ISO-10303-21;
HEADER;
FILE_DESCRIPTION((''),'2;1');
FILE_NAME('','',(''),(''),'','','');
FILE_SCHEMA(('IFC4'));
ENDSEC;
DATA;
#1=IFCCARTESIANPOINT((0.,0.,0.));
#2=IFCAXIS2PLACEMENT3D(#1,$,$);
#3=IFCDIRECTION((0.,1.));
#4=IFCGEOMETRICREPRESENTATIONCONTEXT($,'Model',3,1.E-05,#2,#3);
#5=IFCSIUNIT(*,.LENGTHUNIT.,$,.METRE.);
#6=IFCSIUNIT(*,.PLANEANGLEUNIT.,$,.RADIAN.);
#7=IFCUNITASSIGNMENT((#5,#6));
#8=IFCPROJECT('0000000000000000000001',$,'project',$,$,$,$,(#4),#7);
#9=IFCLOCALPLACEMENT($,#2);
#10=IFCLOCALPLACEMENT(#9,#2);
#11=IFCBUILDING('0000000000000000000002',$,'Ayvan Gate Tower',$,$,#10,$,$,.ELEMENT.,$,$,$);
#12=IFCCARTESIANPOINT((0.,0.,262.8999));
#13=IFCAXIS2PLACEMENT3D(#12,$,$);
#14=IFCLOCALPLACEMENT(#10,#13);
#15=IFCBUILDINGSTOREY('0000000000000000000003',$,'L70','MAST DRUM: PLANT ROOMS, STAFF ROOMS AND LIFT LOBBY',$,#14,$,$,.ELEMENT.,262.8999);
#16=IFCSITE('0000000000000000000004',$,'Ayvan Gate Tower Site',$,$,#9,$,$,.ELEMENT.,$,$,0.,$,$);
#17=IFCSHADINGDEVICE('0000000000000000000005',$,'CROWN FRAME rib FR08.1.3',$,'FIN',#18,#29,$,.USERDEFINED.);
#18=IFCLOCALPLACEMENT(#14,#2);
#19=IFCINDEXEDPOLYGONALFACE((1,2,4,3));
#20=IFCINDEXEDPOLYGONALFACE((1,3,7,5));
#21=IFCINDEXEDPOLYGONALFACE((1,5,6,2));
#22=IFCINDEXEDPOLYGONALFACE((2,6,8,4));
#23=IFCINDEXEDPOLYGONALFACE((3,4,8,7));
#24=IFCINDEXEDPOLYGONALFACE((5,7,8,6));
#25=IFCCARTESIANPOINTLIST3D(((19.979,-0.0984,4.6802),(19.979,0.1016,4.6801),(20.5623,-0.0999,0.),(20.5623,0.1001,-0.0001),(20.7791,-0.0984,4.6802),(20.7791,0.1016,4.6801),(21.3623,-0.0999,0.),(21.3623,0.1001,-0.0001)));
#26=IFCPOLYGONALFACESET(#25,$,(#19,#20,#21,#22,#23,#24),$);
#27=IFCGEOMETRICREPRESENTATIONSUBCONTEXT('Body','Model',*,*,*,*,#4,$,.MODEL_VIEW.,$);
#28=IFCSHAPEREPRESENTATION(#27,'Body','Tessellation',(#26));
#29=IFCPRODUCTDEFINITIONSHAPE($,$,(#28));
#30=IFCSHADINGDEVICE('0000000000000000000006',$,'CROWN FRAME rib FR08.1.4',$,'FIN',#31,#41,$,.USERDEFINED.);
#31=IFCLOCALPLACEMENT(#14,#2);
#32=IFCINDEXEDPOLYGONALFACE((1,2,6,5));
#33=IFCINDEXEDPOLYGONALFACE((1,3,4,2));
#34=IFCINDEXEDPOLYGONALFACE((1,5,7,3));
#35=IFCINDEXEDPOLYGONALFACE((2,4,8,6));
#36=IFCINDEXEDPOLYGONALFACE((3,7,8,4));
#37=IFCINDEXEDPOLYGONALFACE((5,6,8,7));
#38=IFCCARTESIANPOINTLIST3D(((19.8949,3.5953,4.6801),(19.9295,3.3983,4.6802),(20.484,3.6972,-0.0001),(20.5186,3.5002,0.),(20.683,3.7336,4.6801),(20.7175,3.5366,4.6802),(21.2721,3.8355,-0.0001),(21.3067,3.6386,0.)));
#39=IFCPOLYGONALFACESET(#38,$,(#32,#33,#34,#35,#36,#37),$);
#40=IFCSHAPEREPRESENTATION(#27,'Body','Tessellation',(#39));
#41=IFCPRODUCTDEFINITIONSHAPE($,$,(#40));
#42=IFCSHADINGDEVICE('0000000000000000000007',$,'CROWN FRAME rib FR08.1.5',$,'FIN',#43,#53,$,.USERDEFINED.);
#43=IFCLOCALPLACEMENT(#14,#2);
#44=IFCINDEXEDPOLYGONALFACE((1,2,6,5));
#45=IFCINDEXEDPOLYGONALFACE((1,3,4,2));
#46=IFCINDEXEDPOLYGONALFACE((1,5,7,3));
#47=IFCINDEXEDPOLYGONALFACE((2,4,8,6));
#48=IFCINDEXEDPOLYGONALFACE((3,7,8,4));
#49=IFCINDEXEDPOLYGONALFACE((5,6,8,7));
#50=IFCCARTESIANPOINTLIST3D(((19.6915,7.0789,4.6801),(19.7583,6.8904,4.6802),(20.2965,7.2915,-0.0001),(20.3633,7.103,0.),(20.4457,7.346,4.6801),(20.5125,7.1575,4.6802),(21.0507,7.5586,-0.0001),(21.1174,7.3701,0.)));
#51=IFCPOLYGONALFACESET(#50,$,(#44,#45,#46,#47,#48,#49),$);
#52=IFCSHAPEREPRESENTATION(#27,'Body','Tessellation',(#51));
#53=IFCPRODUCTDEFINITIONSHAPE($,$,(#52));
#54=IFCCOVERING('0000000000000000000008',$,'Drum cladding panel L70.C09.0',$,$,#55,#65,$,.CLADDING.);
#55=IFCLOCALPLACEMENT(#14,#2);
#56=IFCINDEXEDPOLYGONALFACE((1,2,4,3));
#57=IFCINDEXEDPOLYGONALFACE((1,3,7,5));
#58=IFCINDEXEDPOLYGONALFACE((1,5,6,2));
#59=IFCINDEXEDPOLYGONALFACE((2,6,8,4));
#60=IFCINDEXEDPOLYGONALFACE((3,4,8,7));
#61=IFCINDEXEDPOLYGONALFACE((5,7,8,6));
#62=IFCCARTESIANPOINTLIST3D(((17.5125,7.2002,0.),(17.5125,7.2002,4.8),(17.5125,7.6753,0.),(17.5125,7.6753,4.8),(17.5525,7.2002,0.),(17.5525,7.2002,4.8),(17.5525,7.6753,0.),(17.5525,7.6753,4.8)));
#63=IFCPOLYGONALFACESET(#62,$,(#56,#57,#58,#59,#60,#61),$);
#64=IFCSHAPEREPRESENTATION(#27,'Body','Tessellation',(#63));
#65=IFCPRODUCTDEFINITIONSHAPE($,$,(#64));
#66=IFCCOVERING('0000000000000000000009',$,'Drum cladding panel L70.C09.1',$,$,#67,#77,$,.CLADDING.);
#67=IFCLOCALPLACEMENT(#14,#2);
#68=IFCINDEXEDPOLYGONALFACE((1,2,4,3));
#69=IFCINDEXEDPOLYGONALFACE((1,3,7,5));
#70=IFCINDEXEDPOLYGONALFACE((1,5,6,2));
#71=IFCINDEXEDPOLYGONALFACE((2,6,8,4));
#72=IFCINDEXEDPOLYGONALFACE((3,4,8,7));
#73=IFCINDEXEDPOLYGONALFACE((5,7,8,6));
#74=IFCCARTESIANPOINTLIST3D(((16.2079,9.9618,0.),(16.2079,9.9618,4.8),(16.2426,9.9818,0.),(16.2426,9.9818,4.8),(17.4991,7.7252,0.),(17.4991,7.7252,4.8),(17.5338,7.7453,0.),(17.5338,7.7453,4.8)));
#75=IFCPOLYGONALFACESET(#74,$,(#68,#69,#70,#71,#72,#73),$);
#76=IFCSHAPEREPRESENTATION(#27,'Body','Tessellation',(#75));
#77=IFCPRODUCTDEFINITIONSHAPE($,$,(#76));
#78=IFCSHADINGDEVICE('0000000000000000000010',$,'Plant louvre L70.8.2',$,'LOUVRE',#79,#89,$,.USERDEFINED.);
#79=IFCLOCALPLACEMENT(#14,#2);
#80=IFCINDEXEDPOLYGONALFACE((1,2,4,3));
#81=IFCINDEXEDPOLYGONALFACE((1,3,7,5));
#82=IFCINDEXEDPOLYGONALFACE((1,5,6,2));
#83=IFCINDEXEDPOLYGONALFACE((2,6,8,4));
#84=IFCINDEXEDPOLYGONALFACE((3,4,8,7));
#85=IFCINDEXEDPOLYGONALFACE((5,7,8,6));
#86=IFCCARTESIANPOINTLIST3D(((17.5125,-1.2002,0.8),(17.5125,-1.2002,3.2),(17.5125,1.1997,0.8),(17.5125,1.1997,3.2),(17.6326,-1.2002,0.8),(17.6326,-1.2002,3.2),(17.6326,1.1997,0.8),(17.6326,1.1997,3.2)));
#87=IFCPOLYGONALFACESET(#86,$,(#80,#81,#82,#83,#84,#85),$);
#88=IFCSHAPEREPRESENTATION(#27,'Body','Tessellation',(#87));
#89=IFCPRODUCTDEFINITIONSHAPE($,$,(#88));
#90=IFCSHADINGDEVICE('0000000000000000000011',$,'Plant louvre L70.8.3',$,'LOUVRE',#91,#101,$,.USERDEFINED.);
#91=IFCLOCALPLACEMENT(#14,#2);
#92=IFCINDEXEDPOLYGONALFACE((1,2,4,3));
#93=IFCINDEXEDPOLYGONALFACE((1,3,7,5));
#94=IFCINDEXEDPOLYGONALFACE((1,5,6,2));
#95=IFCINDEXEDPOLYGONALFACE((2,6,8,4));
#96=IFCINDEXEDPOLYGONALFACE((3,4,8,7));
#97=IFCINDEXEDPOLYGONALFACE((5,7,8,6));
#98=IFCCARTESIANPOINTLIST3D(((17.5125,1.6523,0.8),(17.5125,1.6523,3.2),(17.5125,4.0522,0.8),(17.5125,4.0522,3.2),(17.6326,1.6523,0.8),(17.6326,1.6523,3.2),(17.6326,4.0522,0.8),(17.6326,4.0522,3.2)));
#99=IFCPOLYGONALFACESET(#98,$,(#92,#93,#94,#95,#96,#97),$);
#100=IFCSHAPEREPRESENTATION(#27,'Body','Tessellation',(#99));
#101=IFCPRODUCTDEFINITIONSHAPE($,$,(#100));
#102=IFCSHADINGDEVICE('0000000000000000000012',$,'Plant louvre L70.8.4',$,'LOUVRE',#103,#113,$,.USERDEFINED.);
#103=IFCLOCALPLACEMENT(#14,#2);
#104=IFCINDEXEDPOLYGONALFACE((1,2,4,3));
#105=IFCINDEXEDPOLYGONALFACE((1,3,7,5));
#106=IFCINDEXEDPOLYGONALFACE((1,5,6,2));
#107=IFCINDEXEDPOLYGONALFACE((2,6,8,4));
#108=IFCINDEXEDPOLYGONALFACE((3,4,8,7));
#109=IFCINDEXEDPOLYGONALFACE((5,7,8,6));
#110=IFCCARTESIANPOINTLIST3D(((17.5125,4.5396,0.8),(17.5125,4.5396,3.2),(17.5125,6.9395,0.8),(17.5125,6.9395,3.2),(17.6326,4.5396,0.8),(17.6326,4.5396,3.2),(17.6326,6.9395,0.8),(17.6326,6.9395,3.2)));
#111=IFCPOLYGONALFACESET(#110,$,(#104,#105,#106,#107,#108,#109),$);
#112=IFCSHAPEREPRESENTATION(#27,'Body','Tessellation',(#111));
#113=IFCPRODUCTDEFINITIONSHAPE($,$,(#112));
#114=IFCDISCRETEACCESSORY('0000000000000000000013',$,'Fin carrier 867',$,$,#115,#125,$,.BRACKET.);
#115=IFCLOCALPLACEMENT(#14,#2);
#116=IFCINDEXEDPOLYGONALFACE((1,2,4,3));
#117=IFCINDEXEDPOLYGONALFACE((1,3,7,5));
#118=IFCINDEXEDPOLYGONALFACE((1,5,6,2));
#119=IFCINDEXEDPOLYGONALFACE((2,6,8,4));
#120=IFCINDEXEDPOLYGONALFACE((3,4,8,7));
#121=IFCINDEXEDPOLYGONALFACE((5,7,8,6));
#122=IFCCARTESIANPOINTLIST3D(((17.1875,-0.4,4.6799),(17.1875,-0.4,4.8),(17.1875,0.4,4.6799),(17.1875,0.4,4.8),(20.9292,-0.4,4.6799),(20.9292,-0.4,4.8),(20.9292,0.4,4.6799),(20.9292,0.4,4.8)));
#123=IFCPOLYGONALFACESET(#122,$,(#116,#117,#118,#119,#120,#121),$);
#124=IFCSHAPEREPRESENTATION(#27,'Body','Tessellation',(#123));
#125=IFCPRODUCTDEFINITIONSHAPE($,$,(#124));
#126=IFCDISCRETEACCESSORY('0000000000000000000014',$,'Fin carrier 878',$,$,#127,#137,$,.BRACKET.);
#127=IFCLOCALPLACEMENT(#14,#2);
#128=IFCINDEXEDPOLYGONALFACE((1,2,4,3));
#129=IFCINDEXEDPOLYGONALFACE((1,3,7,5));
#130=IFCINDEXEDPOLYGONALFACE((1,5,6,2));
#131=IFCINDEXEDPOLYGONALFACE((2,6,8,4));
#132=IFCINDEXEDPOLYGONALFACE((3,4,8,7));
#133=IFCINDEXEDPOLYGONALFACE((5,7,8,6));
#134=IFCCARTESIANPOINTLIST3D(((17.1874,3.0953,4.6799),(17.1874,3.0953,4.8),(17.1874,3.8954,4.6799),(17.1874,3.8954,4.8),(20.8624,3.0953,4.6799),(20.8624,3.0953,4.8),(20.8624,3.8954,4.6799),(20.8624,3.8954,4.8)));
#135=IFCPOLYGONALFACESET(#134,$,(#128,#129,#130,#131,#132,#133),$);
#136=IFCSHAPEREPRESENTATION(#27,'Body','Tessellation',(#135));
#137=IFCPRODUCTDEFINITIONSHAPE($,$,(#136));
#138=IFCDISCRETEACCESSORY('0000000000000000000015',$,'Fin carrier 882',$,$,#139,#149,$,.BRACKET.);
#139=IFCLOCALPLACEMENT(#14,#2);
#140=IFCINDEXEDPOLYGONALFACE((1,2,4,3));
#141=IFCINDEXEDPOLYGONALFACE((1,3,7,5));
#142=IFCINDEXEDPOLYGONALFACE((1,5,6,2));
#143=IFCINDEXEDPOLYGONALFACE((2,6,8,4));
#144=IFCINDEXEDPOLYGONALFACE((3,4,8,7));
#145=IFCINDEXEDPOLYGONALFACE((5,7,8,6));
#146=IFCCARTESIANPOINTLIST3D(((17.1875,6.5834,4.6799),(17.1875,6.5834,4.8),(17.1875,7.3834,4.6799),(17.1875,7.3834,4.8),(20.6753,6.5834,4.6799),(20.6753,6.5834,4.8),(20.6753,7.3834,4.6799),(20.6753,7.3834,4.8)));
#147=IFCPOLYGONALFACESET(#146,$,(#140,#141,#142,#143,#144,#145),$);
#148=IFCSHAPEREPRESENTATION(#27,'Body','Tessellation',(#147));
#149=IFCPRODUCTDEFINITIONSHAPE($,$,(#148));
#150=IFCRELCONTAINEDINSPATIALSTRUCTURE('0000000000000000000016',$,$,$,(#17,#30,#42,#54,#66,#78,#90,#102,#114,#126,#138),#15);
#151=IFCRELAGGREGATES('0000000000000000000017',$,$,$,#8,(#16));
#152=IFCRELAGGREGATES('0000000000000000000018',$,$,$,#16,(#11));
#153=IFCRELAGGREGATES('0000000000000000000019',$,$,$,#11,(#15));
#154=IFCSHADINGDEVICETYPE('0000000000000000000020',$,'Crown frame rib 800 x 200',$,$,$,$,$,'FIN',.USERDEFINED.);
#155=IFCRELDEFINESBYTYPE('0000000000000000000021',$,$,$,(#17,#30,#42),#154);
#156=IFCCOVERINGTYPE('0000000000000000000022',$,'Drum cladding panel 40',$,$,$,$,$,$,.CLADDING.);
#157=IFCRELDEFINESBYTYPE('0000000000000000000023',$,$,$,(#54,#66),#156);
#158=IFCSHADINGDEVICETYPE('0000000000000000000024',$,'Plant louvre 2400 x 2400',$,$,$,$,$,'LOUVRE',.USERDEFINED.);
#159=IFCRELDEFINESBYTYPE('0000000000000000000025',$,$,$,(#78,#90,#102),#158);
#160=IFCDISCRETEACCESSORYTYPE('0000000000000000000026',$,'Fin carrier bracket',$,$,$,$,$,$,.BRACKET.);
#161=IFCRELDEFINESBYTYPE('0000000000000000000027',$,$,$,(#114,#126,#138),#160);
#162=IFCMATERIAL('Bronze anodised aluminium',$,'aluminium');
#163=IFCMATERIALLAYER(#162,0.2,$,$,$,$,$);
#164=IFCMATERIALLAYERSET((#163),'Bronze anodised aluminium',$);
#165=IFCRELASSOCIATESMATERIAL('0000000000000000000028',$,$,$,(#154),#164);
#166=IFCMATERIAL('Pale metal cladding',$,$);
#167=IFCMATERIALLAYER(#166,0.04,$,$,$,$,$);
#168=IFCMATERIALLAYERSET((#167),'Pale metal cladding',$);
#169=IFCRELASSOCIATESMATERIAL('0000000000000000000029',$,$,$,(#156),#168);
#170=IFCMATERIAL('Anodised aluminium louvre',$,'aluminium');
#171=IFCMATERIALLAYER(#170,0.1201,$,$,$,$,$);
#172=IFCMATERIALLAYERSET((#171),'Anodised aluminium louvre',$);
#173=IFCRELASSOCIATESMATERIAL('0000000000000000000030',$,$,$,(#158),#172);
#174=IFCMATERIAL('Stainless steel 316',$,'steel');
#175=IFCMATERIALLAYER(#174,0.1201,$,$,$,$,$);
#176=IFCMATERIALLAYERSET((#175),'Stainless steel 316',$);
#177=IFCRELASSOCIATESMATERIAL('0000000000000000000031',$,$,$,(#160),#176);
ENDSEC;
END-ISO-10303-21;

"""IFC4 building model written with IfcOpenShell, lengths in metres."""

from ifc_helpers import new_model, si_unit, direction, frame, origin, origin_2d, place, context, subcontext, project, spatial, polyline, rectangle, outline, extrude, material, layer, layer_set, type_object, element, save


model = new_model("IFC4")

# Units and contexts
model_context = context("Model", 3, precision=1e-05, world=origin(), true_north=direction((0.0, 1.0)))
body_context = subcontext(model_context, "Body", "Model", "MODEL_VIEW")
ifc_project = project(units=[si_unit("LENGTHUNIT", "METRE"), si_unit("PLANEANGLEUNIT", "RADIAN")], contexts=[model_context])

# Site, building, storey
site_placement = place(None, origin())
site = spatial("IfcSite", under=ifc_project, at=site_placement, Name="Ayvan Gate Tower Site", CompositionType="ELEMENT", RefElevation=0.0)
building_placement = place(site_placement, origin())
building = spatial("IfcBuilding", under=site, at=building_placement, Name="Ayvan Gate Tower", CompositionType="ELEMENT")
storey_placement = place(building_placement, frame((0.0, 0.0, 262.8999)))
storey = spatial("IfcBuildingStorey", under=building, at=storey_placement, Name="L70", Description="MAST DRUM: PLANT ROOMS, STAFF ROOMS AND LIFT LOBBY", CompositionType="ELEMENT", Elevation=262.8999)

# Shared definitions
ifc_material_1 = material(Name="Anodised aluminium louvre", Category="aluminium")

# Shading devices
ifc_material_2 = material(Name="Bronze anodised aluminium", Category="aluminium")
ifc_layer_1 = layer(ifc_material_2, 0.2)
ifc_layer_set_1 = layer_set([ifc_layer_1], Name="Bronze anodised aluminium")
shading_device_type_1 = type_object("IfcShadingDeviceType", Name="Crown frame rib 800 x 200", ElementType="FIN", PredefinedType="USERDEFINED", material=ifc_layer_set_1)
shading_device_1_placement = place(storey_placement, frame((20.5623, -0.0999, 0.0), z_axis=(0.0, -1.0, 0.000313), x_axis=(1.0, 0.0, 0.0)))
element("IfcShadingDevice", 1, at=shading_device_1_placement, inside=storey, type_object=shading_device_type_1, Name="CROWN FRAME rib FR08.1.3", ObjectType="FIN", PredefinedType="USERDEFINED", context=body_context, shape_type="SweptSolid", body=[
    extrude(outline(polyline([(0.0, 0.0), (0.8, 0.0), (0.2168, 4.6802), (-0.5833, 4.6802), (0.0, 0.0)])), origin(), (0.0, 0.0, -1.0), 0.2),
])
shading_device_2_placement = place(storey_placement, frame((20.5186, 3.5002, 0.0), z_axis=(0.172854, -0.984947, 0.000307), x_axis=(0.984947, 0.172854, 0.0)))
element("IfcShadingDevice", 2, at=shading_device_2_placement, inside=storey, type_object=shading_device_type_1, Name="CROWN FRAME rib FR08.1.4", ObjectType="FIN", PredefinedType="USERDEFINED", context=body_context, shape_type="SweptSolid", body=[
    extrude(outline(polyline([(0.0, 0.0), (0.8002, 0.0), (0.2023, 4.6802), (-0.5978, 4.6802), (0.0, 0.0)])), origin(), (0.0, 0.0, -1.0), 0.2),
])
shading_device_3_placement = place(storey_placement, frame((20.3633, 7.103, 0.0), z_axis=(0.333841, -0.942629, 0.000325), x_axis=(0.942629, 0.333841, 0.0)))
element("IfcShadingDevice", 3, at=shading_device_3_placement, inside=storey, type_object=shading_device_type_1, Name="CROWN FRAME rib FR08.1.5", ObjectType="FIN", PredefinedType="USERDEFINED", context=body_context, shape_type="SweptSolid", body=[
    extrude(outline(polyline([(0.0, 0.0), (0.8, 0.0), (0.1588, 4.6802), (-0.6413, 4.6802), (0.0, 0.0)])), origin(), (0.0, 0.0, -1.0), 0.2),
])

# Coverings
ifc_material_3 = material(Name="Pale metal cladding")
ifc_layer_2 = layer(ifc_material_3, 0.04)
ifc_layer_set_2 = layer_set([ifc_layer_2], Name="Pale metal cladding")
covering_type = type_object("IfcCoveringType", Name="Drum cladding panel 40", PredefinedType="CLADDING", material=ifc_layer_set_2)
covering_1_placement = place(storey_placement, frame((17.5325, 7.4377, 0.0), z_axis=(0.0, 0.0, 1.0), x_axis=(0.0, 1.0, 0.0)))
element("IfcCovering", 4, at=covering_1_placement, inside=storey, type_object=covering_type, Name="Drum cladding panel L70.C09.0", PredefinedType="CLADDING", context=body_context, shape_type="SweptSolid", body=[
    extrude(rectangle(XDim=0.4751, YDim=0.04, at=origin_2d()), origin(), (0.0, 0.0, 1.0), 4.8),
])
covering_2_placement = place(storey_placement, frame((16.8708, 8.8535, 0.0), z_axis=(0.0, 0.0, 1.0), x_axis=(-0.5, 0.866025, 0.0)))
element("IfcCovering", 5, at=covering_2_placement, inside=storey, type_object=covering_type, Name="Drum cladding panel L70.C09.1", PredefinedType="CLADDING", context=body_context, shape_type="SweptSolid", body=[
    extrude(rectangle(XDim=2.5825, YDim=0.04, at=origin_2d()), origin(), (0.0, 0.0, 1.0), 4.8),
])

# Shading devices
ifc_layer_3 = layer(ifc_material_1, 0.1201)
ifc_layer_set_3 = layer_set([ifc_layer_3], Name="Anodised aluminium louvre")
shading_device_type_2 = type_object("IfcShadingDeviceType", Name="Plant louvre 2400 x 2400", ElementType="LOUVRE", PredefinedType="USERDEFINED", material=ifc_layer_set_3)
for number, where, z_axis, x_axis, name in (
    (6, (17.5725, -0.0002, 0.8), (0.0, 0.0, 1.0), (0.0, 1.0, 0.0), "Plant louvre L70.8.2"),
    (7, (17.5725, 2.8523, 0.8), (0.0, 0.0, 1.0), (0.0, 1.0, 0.0), "Plant louvre L70.8.3"),
    (8, (17.5725, 5.7395, 0.8), (0.0, 0.0, 1.0), (0.0, 1.0, 0.0), "Plant louvre L70.8.4"),
):
    element("IfcShadingDevice", number, at=place(storey_placement, frame(where, z_axis=z_axis, x_axis=x_axis)), inside=storey, type_object=shading_device_type_2, Name=name, ObjectType="LOUVRE", PredefinedType="USERDEFINED", context=body_context, shape_type="SweptSolid", body=[
        extrude(rectangle(XDim=2.3999, YDim=0.1201, at=origin_2d()), origin(), (0.0, 0.0, 1.0), 2.3999),
    ])

# Discrete accessories
ifc_material_4 = material(Name="Stainless steel 316", Category="steel")
ifc_layer_4 = layer(ifc_material_4, 0.1201)
ifc_layer_set_4 = layer_set([ifc_layer_4], Name="Stainless steel 316")
discrete_accessory_type = type_object("IfcDiscreteAccessoryType", Name="Fin carrier bracket", PredefinedType="BRACKET", material=ifc_layer_set_4)
discrete_accessory_1_placement = place(storey_placement, frame((19.0583, 0.0, 4.6799), z_axis=(0.0, 0.0, 1.0), x_axis=(0.0, 1.0, 0.0)))
element("IfcDiscreteAccessory", 9, at=discrete_accessory_1_placement, inside=storey, type_object=discrete_accessory_type, Name="Fin carrier 867", PredefinedType="BRACKET", context=body_context, shape_type="SweptSolid", body=[
    extrude(rectangle(XDim=0.8, YDim=3.7417, at=origin_2d()), origin(), (0.0, 0.0, 1.0), 0.1201),
])
discrete_accessory_2_placement = place(storey_placement, frame((19.0249, 3.4954, 4.6799), z_axis=(0.0, 0.0, 1.0), x_axis=(0.0, 1.0, 0.0)))
element("IfcDiscreteAccessory", 10, at=discrete_accessory_2_placement, inside=storey, type_object=discrete_accessory_type, Name="Fin carrier 878", PredefinedType="BRACKET", context=body_context, shape_type="SweptSolid", body=[
    extrude(rectangle(XDim=0.8, YDim=3.675, at=origin_2d()), origin(), (0.0, 0.0, 1.0), 0.1201),
])
discrete_accessory_3_placement = place(storey_placement, frame((18.9314, 6.9834, 4.6799), z_axis=(0.0, 0.0, 1.0), x_axis=(0.0, 1.0, 0.0)))
element("IfcDiscreteAccessory", 11, at=discrete_accessory_3_placement, inside=storey, type_object=discrete_accessory_type, Name="Fin carrier 882", PredefinedType="BRACKET", context=body_context, shape_type="SweptSolid", body=[
    extrude(rectangle(XDim=0.8, YDim=3.4878, at=origin_2d()), origin(), (0.0, 0.0, 1.0), 0.1201),
])

save(model, "model.ifc")
